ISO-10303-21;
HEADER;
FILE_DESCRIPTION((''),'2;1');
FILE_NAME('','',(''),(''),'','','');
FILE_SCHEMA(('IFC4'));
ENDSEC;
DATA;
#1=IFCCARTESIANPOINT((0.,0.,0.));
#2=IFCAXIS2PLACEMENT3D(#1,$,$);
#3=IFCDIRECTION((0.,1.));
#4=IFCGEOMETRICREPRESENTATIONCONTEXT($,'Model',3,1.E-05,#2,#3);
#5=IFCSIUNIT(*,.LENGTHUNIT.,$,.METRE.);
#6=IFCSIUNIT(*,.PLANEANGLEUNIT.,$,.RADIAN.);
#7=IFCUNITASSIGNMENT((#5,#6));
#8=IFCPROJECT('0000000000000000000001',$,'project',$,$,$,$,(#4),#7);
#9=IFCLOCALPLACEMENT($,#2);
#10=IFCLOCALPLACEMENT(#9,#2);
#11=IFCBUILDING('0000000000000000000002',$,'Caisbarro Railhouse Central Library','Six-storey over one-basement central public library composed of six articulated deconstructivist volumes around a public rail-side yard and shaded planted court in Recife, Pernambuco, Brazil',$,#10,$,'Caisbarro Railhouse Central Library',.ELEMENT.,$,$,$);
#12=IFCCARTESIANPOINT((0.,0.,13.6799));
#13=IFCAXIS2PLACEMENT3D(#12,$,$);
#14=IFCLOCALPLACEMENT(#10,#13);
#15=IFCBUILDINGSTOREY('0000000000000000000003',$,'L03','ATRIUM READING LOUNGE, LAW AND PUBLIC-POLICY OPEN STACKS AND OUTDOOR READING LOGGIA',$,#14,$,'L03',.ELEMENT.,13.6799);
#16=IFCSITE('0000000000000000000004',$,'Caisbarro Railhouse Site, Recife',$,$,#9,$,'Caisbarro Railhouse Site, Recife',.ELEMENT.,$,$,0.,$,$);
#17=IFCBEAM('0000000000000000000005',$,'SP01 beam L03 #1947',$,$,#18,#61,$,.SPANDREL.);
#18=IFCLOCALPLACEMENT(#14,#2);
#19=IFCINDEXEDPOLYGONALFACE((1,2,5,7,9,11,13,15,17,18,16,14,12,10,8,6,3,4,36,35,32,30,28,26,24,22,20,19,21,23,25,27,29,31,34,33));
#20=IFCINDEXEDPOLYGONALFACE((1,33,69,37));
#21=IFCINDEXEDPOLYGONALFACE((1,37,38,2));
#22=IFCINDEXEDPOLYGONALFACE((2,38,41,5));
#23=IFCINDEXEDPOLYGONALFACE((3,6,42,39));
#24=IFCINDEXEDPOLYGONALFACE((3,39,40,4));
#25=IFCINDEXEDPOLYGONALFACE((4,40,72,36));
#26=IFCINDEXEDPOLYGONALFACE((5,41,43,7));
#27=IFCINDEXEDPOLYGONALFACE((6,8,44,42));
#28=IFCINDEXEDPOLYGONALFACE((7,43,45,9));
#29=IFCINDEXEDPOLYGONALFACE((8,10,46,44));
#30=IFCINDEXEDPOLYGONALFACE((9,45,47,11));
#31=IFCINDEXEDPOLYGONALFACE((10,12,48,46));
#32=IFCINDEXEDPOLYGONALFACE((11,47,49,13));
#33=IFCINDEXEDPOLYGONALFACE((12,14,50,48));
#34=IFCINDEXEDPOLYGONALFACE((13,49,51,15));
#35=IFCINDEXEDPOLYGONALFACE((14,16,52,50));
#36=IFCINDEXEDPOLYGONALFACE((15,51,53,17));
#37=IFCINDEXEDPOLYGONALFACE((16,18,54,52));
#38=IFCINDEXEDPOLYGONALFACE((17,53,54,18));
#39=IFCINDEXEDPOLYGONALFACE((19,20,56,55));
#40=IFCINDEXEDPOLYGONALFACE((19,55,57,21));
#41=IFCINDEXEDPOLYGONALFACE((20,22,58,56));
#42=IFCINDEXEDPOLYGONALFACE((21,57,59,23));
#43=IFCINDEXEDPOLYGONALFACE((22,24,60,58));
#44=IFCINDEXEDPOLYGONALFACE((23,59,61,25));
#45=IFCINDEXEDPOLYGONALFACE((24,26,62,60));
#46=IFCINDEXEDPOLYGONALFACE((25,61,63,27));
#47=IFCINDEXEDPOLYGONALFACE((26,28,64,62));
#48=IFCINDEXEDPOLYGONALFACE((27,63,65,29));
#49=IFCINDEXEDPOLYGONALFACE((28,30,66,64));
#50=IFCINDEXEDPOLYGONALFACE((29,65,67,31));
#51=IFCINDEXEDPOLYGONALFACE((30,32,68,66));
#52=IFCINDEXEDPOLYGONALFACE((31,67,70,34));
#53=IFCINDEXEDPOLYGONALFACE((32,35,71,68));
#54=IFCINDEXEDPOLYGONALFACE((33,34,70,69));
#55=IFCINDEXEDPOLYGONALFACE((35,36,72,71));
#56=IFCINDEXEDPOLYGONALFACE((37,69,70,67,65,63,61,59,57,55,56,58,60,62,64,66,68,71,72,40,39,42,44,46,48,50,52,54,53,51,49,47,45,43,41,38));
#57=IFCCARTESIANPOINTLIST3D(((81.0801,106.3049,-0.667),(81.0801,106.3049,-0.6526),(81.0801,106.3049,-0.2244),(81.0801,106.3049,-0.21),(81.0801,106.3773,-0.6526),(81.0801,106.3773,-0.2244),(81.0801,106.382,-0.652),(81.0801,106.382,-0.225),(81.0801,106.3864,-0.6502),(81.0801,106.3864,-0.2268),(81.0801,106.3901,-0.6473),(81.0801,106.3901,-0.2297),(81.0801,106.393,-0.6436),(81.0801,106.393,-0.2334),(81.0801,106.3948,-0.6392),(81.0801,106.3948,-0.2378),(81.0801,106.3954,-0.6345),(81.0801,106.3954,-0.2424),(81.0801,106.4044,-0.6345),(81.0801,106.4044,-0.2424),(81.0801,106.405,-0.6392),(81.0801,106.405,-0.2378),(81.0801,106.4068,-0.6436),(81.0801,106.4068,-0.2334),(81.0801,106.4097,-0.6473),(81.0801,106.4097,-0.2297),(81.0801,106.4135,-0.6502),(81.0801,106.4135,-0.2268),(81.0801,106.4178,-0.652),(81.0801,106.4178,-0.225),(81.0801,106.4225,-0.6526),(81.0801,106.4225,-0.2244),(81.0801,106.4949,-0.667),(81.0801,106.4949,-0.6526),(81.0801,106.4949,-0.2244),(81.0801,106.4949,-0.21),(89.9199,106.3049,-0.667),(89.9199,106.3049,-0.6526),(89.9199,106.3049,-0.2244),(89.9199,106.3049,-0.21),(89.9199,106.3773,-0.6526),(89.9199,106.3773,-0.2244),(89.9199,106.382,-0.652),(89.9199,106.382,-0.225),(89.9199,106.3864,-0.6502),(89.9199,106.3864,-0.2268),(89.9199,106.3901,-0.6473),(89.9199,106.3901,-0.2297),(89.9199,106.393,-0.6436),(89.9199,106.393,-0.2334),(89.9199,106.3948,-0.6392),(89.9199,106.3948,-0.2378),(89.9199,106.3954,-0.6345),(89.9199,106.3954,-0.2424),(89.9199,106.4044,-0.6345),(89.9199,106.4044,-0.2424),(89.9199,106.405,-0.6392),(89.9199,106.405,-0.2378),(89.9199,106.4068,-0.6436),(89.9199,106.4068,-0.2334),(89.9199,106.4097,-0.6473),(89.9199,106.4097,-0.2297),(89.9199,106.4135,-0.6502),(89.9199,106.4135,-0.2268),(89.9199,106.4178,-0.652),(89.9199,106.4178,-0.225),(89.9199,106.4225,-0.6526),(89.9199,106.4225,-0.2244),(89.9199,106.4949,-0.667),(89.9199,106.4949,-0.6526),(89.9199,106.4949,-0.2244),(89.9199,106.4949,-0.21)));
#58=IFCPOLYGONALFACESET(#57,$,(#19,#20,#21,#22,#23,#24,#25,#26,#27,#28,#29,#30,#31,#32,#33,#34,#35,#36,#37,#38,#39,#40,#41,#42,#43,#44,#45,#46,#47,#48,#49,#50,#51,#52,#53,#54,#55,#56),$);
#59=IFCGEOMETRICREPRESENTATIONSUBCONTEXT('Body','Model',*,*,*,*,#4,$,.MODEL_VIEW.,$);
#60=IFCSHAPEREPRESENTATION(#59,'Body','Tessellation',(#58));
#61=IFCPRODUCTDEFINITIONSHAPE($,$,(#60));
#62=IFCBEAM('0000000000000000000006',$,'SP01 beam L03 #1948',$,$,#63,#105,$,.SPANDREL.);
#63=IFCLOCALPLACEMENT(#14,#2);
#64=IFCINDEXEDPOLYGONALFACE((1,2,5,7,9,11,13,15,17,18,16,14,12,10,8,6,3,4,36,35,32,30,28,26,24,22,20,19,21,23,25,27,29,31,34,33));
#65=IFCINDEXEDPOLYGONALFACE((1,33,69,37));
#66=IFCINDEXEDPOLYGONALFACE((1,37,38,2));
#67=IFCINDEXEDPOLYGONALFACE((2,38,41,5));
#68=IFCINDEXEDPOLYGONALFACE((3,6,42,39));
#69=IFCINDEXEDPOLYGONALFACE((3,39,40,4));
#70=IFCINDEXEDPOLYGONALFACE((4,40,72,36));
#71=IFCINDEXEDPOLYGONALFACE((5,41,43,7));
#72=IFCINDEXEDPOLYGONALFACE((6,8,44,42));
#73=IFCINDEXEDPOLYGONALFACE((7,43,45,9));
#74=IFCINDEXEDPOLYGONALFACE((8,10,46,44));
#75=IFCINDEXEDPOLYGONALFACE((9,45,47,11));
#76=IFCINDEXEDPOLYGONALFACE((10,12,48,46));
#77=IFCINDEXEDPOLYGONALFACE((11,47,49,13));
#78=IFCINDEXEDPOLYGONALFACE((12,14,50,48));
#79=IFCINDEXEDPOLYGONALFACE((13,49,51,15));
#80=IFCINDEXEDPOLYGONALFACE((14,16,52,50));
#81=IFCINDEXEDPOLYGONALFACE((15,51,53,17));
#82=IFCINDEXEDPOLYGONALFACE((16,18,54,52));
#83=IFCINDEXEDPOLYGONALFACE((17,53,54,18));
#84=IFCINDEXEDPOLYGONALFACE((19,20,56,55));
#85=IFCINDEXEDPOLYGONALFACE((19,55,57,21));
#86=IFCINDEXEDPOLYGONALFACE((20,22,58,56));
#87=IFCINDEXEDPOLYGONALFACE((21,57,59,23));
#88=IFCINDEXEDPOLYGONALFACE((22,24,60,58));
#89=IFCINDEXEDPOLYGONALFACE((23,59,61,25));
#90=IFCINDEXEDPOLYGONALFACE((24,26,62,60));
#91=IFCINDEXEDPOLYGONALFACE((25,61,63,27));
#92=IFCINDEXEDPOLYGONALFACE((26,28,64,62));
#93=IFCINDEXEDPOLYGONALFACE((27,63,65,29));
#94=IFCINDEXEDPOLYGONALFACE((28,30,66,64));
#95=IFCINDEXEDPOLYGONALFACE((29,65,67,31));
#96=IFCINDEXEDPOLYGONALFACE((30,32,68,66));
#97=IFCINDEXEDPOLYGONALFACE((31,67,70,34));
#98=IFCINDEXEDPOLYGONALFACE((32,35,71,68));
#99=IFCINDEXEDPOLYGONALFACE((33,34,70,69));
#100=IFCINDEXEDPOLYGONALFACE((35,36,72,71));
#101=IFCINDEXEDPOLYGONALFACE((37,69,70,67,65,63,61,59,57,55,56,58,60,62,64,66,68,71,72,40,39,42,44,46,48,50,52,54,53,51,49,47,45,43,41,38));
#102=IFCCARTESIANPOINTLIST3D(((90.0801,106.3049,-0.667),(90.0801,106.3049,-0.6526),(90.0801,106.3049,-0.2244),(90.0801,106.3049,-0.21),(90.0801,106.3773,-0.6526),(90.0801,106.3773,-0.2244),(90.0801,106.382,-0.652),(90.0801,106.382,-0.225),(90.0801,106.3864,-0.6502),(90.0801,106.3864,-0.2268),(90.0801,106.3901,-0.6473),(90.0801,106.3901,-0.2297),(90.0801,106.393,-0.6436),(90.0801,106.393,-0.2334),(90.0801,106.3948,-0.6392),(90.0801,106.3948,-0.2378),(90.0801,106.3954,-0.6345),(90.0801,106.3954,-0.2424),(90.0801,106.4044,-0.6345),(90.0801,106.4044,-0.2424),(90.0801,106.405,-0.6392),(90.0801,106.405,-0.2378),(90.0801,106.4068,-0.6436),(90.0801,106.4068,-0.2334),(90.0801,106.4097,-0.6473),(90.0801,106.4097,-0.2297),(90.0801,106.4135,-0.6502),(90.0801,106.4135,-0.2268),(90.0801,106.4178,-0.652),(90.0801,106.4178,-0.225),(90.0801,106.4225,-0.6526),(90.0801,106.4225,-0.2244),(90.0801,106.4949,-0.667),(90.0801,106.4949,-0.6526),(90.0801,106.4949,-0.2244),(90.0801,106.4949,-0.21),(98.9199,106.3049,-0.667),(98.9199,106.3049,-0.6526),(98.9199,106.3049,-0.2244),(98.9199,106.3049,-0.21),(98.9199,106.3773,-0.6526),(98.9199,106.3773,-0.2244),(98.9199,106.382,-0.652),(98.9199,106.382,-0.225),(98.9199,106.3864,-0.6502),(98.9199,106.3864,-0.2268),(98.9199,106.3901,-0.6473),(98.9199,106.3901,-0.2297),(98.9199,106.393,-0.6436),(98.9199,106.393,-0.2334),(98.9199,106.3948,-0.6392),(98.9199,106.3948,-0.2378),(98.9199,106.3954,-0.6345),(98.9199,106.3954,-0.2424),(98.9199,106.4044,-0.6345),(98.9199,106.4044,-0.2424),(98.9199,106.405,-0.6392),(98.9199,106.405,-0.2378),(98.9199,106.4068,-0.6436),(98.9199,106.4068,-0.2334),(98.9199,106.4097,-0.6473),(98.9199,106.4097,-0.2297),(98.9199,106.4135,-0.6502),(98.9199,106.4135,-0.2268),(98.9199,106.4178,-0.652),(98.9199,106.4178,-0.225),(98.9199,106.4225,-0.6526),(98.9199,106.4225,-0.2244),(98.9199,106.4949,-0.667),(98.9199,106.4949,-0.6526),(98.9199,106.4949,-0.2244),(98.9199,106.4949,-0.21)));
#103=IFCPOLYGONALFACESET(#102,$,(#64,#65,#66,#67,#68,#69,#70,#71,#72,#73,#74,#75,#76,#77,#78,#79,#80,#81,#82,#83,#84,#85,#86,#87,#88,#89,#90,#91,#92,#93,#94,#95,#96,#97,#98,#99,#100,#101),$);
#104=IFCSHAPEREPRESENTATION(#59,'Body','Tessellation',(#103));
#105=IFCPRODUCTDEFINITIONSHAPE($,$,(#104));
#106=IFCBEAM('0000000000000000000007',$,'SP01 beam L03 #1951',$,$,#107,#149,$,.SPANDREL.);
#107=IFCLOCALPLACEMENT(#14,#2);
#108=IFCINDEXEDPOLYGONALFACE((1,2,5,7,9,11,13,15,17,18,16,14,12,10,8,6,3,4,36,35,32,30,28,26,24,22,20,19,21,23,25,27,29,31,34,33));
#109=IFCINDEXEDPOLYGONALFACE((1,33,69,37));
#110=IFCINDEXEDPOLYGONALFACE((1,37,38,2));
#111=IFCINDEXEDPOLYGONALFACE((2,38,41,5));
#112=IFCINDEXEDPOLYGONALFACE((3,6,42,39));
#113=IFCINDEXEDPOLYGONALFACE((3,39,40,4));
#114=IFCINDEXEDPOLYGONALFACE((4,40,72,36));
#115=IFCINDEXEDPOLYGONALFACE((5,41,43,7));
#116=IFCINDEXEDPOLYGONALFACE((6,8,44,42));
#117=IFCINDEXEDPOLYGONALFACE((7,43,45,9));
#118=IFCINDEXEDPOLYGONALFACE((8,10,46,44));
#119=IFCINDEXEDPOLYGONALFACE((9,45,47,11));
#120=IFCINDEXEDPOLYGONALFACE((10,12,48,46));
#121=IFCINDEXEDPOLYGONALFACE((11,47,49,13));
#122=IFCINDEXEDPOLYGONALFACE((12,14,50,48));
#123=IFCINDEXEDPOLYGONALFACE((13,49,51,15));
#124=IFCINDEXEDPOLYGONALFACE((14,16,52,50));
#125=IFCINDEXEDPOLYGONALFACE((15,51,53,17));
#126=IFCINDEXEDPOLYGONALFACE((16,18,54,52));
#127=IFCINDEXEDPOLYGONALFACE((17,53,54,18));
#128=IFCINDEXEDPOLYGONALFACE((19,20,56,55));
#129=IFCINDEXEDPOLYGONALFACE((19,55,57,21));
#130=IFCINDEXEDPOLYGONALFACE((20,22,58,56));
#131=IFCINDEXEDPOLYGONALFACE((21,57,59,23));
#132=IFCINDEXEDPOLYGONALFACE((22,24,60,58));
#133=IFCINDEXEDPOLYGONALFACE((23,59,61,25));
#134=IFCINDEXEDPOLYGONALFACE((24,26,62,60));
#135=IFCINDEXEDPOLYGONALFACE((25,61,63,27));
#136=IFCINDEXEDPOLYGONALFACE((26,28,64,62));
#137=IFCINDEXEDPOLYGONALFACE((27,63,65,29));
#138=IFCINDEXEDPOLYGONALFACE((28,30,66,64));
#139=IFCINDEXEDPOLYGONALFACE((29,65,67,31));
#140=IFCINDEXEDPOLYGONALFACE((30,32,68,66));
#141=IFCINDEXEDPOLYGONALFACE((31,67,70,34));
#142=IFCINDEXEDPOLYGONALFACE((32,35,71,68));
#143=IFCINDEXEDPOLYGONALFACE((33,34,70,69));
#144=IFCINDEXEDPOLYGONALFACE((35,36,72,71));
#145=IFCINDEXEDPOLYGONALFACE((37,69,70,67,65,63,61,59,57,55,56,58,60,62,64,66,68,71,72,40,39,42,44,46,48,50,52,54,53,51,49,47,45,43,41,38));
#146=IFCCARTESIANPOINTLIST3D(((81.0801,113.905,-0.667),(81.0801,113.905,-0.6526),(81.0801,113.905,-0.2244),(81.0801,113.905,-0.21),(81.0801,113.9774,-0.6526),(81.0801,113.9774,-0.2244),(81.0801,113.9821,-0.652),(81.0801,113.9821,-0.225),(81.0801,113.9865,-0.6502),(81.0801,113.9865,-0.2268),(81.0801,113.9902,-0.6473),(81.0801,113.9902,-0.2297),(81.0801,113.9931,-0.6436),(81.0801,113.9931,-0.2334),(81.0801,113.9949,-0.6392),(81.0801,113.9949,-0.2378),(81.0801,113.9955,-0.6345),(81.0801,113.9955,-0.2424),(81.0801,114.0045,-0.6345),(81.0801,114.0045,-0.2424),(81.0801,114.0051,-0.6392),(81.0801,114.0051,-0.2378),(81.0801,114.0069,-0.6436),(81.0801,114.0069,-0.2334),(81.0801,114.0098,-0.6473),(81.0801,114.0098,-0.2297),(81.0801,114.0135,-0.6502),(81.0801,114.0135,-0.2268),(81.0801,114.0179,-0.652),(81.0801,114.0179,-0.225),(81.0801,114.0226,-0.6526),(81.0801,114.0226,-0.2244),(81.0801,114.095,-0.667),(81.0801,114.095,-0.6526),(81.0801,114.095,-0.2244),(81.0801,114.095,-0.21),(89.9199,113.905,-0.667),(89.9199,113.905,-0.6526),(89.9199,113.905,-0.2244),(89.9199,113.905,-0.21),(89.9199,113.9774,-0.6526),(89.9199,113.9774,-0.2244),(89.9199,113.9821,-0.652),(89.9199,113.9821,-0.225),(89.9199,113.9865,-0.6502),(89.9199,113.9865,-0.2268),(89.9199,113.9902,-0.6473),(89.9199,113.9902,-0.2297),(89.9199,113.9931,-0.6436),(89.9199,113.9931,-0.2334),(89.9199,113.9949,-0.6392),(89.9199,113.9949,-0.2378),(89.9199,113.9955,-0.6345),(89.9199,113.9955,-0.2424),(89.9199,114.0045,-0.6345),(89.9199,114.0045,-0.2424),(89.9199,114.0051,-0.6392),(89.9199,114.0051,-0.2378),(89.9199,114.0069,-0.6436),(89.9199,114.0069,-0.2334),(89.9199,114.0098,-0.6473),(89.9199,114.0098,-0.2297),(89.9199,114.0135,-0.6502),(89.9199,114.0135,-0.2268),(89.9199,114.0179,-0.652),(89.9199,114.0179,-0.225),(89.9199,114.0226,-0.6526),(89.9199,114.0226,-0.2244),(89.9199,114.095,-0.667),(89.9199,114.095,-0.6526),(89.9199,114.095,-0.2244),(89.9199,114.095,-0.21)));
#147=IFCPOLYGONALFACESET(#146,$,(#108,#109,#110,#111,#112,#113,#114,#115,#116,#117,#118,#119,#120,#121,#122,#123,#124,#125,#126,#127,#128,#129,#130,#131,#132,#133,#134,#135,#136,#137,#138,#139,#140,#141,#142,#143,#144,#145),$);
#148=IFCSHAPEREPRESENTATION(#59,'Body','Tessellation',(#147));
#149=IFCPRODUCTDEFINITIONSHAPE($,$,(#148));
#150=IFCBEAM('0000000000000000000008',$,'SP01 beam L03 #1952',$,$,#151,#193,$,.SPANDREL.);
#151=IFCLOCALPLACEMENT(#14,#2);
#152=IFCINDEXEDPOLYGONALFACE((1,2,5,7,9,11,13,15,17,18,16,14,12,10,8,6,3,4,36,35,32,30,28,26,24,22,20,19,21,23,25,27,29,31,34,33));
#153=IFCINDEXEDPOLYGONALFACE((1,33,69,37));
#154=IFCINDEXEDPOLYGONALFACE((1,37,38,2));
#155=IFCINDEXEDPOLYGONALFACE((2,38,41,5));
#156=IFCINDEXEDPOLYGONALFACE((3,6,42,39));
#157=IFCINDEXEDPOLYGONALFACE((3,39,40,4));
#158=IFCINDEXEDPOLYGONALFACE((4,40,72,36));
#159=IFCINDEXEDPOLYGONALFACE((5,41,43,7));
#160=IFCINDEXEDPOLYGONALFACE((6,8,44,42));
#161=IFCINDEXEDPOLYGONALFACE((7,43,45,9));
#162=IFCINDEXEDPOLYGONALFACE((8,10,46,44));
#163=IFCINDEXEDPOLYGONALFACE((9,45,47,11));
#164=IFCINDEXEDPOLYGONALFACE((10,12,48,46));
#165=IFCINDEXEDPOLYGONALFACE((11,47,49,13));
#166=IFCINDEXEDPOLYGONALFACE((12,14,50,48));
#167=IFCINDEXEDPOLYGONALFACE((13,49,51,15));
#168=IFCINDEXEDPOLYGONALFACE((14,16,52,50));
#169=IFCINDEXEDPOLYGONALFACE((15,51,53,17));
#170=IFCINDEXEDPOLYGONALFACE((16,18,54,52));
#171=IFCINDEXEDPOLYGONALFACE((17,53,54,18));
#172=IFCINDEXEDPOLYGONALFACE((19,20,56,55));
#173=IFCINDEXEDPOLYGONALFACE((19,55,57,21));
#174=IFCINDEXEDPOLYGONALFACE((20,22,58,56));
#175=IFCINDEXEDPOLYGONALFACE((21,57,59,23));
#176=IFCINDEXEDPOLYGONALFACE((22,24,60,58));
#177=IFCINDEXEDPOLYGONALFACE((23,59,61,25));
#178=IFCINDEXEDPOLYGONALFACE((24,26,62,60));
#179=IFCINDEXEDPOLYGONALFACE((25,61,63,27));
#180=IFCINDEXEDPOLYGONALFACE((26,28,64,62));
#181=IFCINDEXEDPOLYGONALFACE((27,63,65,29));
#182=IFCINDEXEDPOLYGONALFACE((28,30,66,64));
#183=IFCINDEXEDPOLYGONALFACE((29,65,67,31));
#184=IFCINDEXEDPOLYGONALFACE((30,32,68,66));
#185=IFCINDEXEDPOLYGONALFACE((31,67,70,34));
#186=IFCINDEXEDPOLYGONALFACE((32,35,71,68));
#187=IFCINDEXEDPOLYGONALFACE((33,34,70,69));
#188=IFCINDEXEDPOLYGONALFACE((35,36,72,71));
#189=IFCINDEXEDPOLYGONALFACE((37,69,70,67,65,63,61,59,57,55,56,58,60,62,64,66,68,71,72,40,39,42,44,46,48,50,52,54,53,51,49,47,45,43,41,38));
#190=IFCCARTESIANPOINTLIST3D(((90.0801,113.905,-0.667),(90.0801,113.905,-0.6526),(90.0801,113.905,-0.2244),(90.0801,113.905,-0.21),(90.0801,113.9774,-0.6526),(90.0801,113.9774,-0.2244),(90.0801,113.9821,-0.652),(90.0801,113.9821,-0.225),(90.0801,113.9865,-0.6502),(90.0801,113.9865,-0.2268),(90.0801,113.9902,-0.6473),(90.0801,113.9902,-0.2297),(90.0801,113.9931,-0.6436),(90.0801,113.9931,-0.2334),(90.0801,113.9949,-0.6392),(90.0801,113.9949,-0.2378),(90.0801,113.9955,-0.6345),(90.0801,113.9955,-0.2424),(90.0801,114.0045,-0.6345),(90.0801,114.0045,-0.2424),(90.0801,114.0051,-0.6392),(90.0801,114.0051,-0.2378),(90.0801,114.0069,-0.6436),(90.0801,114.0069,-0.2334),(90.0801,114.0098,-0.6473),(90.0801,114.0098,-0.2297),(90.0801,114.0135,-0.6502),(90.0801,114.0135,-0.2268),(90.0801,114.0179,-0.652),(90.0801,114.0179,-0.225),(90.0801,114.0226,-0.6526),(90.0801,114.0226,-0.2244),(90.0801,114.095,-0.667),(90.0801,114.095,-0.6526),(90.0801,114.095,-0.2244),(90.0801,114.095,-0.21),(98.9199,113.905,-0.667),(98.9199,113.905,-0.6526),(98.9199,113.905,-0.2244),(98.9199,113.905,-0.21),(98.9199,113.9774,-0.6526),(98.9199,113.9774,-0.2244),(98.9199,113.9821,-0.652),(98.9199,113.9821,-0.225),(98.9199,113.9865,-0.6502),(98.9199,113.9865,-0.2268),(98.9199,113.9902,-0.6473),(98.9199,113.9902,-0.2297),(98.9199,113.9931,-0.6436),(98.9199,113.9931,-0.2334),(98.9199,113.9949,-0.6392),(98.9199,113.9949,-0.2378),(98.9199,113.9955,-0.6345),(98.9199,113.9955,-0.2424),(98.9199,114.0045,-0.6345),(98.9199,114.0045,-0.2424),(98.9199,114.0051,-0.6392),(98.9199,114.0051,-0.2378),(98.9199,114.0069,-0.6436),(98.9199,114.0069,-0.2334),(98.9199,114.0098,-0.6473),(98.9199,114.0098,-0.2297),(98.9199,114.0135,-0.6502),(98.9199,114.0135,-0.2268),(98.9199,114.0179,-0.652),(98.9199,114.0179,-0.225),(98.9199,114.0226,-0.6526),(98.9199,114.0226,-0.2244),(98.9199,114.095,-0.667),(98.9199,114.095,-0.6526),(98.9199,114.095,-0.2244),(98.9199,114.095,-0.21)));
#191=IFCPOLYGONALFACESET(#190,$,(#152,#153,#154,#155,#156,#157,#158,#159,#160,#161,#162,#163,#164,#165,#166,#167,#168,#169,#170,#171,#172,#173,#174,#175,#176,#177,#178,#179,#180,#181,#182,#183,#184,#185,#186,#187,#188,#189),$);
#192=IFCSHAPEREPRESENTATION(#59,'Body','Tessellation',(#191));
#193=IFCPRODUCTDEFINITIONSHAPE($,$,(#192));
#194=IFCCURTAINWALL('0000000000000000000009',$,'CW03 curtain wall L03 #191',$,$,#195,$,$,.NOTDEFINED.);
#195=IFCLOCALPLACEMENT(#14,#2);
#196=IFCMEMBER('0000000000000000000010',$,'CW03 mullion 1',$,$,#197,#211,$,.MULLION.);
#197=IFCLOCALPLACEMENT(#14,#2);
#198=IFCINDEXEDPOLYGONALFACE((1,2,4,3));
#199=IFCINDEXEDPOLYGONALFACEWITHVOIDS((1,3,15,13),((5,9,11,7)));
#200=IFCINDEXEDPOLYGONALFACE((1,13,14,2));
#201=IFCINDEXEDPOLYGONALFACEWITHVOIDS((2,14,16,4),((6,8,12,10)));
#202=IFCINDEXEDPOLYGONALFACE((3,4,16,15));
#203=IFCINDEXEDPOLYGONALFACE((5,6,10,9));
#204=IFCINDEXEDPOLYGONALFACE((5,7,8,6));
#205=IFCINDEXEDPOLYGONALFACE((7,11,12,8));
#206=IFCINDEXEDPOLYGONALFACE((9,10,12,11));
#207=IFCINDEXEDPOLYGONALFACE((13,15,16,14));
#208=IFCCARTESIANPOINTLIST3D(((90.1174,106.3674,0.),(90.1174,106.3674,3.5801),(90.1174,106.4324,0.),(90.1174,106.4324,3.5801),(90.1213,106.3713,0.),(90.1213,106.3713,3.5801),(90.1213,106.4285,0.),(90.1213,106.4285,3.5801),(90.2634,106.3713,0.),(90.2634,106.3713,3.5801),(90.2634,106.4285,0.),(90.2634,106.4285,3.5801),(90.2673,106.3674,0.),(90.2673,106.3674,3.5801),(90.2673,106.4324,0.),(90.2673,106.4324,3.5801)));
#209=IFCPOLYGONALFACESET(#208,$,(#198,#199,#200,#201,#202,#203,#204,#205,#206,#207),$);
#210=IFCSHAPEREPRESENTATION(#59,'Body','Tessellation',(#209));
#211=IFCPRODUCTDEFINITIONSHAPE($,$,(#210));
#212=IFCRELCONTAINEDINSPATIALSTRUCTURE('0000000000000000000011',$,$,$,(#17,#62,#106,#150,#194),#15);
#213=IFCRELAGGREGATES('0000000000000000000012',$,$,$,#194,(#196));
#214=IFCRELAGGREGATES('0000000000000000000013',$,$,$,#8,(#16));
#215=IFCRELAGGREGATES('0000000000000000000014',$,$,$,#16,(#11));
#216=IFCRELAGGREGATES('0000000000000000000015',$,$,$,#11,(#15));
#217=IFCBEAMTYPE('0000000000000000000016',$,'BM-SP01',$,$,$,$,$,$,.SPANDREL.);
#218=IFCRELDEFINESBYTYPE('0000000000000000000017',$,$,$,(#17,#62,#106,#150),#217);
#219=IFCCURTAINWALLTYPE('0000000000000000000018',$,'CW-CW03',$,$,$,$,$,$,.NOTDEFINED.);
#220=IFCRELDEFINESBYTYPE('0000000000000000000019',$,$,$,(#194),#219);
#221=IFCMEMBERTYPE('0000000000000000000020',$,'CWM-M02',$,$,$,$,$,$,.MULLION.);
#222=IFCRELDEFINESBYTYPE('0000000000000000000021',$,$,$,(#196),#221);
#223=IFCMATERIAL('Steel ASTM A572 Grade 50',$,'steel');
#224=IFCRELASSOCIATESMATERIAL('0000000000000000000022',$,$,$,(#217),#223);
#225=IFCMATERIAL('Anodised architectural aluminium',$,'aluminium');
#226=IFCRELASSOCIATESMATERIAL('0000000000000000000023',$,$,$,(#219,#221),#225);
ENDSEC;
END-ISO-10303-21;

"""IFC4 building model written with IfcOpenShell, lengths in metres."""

from ifc_helpers import new_model, si_unit, direction, frame, origin, origin_2d, place, context, subcontext, project, spatial, hollow_rectangle, i_section, extrude, material, material_profile, profile_set, type_object, element, aggregate, save


model = new_model("IFC4")

# Units and contexts
model_context = context("Model", 3, precision=1e-05, world=origin(), true_north=direction((0.0, 1.0)))
body_context = subcontext(model_context, "Body", "Model", "MODEL_VIEW")
ifc_project = project(units=[si_unit("LENGTHUNIT", "METRE"), si_unit("PLANEANGLEUNIT", "RADIAN")], contexts=[model_context])

# Site, building, storey
site_placement = place(None, origin())
site = spatial("IfcSite", under=ifc_project, at=site_placement, Name="Caisbarro Railhouse Site, Recife", LongName="Caisbarro Railhouse Site, Recife", CompositionType="ELEMENT", RefElevation=0.0)
building_placement = place(site_placement, origin())
building = spatial("IfcBuilding", under=site, at=building_placement, Name="Caisbarro Railhouse Central Library", Description="Six-storey over one-basement central public library composed of six articulated deconstructivist volumes around a public rail-side yard and shaded planted court in Recife, Pernambuco, Brazil", LongName="Caisbarro Railhouse Central Library", CompositionType="ELEMENT")
storey_placement = place(building_placement, frame((0.0, 0.0, 13.6799)))
storey = spatial("IfcBuildingStorey", under=building, at=storey_placement, Name="L03", Description="ATRIUM READING LOUNGE, LAW AND PUBLIC-POLICY OPEN STACKS AND OUTDOOR READING LOGGIA", LongName="L03", CompositionType="ELEMENT", Elevation=13.6799)

# Shared definitions
ifc_material_1 = material(Name="Steel ASTM A572 Grade 50", Category="steel")

# Beams
ifc_material_profile_1 = material_profile(ifc_material_1, i_section(OverallWidth=0.1899, OverallDepth=0.457, WebThickness=0.009, FlangeThickness=0.0144, FilletRadius=0.0181, at=origin_2d()), Name="W460X74.0")
ifc_profile_set_1 = profile_set([ifc_material_profile_1], Name="Steel ASTM A572 Grade 50")
beam_type_1 = type_object("IfcBeamType", Name="BM-SP01", PredefinedType="SPANDREL", material=ifc_profile_set_1)
for number, where, z_axis, x_axis, name in (
    (1, (81.0801, 106.3999, -0.4385), (1.0, 0.0, 0.0), (0.0, 1.0, 0.0), "SP01 beam L03 #1947"),
    (2, (90.0801, 106.3999, -0.4385), (1.0, 0.0, 0.0), (0.0, 1.0, 0.0), "SP01 beam L03 #1948"),
    (3, (81.0801, 114.0, -0.4385), (1.0, 0.0, 0.0), (0.0, 1.0, 0.0), "SP01 beam L03 #1951"),
    (4, (90.0801, 114.0, -0.4385), (1.0, 0.0, 0.0), (0.0, 1.0, 0.0), "SP01 beam L03 #1952"),
):
    element("IfcBeam", number, at=place(storey_placement, frame(where, z_axis=z_axis, x_axis=x_axis)), inside=storey, type_object=beam_type_1, Name=name, PredefinedType="SPANDREL", context=body_context, shape_type="SweptSolid", body=[
        extrude(i_section(OverallWidth=0.1899, OverallDepth=0.457, WebThickness=0.009, FlangeThickness=0.0144, FilletRadius=0.0181, at=origin_2d()), origin(), (0.0, 0.0, 1.0), 8.8398),
    ])

# Curtain wall, member
ifc_material_2 = material(Name="Anodised architectural aluminium", Category="aluminium")
curtain_wall_type = type_object("IfcCurtainWallType", Name="CW-CW03", PredefinedType="NOTDEFINED", material=ifc_material_2)
curtain_wall_placement = place(storey_placement, origin())
curtain_wall = element("IfcCurtainWall", 5, at=curtain_wall_placement, inside=storey, type_object=curtain_wall_type, Name="CW03 curtain wall L03 #191", PredefinedType="NOTDEFINED")
ifc_material_profile_2 = material_profile(ifc_material_2, hollow_rectangle(XDim=0.0649, YDim=0.1499, WallThickness=0.0039, at=origin_2d()), Name="ALU-MUL-65X150")
ifc_profile_set_2 = profile_set([ifc_material_profile_2], Name="Anodised architectural aluminium")
member_type_1 = type_object("IfcMemberType", Name="CWM-M02", PredefinedType="MULLION", material=ifc_profile_set_2)
member_1_placement = place(storey_placement, frame((90.1924, 106.3999, 0.0), z_axis=(0.0, 0.0, 1.0), x_axis=(0.0, 1.0, 0.0)))
member_1 = element("IfcMember", 6, at=member_1_placement, type_object=member_type_1, Name="CW03 mullion 1", PredefinedType="MULLION", context=body_context, shape_type="SweptSolid", body=[
    extrude(hollow_rectangle(XDim=0.0649, YDim=0.1499, WallThickness=0.0039, at=origin_2d()), origin(), (0.0, 0.0, 1.0), 3.5801),
])
aggregate(curtain_wall, [member_1])

save(model, "model.ifc")
